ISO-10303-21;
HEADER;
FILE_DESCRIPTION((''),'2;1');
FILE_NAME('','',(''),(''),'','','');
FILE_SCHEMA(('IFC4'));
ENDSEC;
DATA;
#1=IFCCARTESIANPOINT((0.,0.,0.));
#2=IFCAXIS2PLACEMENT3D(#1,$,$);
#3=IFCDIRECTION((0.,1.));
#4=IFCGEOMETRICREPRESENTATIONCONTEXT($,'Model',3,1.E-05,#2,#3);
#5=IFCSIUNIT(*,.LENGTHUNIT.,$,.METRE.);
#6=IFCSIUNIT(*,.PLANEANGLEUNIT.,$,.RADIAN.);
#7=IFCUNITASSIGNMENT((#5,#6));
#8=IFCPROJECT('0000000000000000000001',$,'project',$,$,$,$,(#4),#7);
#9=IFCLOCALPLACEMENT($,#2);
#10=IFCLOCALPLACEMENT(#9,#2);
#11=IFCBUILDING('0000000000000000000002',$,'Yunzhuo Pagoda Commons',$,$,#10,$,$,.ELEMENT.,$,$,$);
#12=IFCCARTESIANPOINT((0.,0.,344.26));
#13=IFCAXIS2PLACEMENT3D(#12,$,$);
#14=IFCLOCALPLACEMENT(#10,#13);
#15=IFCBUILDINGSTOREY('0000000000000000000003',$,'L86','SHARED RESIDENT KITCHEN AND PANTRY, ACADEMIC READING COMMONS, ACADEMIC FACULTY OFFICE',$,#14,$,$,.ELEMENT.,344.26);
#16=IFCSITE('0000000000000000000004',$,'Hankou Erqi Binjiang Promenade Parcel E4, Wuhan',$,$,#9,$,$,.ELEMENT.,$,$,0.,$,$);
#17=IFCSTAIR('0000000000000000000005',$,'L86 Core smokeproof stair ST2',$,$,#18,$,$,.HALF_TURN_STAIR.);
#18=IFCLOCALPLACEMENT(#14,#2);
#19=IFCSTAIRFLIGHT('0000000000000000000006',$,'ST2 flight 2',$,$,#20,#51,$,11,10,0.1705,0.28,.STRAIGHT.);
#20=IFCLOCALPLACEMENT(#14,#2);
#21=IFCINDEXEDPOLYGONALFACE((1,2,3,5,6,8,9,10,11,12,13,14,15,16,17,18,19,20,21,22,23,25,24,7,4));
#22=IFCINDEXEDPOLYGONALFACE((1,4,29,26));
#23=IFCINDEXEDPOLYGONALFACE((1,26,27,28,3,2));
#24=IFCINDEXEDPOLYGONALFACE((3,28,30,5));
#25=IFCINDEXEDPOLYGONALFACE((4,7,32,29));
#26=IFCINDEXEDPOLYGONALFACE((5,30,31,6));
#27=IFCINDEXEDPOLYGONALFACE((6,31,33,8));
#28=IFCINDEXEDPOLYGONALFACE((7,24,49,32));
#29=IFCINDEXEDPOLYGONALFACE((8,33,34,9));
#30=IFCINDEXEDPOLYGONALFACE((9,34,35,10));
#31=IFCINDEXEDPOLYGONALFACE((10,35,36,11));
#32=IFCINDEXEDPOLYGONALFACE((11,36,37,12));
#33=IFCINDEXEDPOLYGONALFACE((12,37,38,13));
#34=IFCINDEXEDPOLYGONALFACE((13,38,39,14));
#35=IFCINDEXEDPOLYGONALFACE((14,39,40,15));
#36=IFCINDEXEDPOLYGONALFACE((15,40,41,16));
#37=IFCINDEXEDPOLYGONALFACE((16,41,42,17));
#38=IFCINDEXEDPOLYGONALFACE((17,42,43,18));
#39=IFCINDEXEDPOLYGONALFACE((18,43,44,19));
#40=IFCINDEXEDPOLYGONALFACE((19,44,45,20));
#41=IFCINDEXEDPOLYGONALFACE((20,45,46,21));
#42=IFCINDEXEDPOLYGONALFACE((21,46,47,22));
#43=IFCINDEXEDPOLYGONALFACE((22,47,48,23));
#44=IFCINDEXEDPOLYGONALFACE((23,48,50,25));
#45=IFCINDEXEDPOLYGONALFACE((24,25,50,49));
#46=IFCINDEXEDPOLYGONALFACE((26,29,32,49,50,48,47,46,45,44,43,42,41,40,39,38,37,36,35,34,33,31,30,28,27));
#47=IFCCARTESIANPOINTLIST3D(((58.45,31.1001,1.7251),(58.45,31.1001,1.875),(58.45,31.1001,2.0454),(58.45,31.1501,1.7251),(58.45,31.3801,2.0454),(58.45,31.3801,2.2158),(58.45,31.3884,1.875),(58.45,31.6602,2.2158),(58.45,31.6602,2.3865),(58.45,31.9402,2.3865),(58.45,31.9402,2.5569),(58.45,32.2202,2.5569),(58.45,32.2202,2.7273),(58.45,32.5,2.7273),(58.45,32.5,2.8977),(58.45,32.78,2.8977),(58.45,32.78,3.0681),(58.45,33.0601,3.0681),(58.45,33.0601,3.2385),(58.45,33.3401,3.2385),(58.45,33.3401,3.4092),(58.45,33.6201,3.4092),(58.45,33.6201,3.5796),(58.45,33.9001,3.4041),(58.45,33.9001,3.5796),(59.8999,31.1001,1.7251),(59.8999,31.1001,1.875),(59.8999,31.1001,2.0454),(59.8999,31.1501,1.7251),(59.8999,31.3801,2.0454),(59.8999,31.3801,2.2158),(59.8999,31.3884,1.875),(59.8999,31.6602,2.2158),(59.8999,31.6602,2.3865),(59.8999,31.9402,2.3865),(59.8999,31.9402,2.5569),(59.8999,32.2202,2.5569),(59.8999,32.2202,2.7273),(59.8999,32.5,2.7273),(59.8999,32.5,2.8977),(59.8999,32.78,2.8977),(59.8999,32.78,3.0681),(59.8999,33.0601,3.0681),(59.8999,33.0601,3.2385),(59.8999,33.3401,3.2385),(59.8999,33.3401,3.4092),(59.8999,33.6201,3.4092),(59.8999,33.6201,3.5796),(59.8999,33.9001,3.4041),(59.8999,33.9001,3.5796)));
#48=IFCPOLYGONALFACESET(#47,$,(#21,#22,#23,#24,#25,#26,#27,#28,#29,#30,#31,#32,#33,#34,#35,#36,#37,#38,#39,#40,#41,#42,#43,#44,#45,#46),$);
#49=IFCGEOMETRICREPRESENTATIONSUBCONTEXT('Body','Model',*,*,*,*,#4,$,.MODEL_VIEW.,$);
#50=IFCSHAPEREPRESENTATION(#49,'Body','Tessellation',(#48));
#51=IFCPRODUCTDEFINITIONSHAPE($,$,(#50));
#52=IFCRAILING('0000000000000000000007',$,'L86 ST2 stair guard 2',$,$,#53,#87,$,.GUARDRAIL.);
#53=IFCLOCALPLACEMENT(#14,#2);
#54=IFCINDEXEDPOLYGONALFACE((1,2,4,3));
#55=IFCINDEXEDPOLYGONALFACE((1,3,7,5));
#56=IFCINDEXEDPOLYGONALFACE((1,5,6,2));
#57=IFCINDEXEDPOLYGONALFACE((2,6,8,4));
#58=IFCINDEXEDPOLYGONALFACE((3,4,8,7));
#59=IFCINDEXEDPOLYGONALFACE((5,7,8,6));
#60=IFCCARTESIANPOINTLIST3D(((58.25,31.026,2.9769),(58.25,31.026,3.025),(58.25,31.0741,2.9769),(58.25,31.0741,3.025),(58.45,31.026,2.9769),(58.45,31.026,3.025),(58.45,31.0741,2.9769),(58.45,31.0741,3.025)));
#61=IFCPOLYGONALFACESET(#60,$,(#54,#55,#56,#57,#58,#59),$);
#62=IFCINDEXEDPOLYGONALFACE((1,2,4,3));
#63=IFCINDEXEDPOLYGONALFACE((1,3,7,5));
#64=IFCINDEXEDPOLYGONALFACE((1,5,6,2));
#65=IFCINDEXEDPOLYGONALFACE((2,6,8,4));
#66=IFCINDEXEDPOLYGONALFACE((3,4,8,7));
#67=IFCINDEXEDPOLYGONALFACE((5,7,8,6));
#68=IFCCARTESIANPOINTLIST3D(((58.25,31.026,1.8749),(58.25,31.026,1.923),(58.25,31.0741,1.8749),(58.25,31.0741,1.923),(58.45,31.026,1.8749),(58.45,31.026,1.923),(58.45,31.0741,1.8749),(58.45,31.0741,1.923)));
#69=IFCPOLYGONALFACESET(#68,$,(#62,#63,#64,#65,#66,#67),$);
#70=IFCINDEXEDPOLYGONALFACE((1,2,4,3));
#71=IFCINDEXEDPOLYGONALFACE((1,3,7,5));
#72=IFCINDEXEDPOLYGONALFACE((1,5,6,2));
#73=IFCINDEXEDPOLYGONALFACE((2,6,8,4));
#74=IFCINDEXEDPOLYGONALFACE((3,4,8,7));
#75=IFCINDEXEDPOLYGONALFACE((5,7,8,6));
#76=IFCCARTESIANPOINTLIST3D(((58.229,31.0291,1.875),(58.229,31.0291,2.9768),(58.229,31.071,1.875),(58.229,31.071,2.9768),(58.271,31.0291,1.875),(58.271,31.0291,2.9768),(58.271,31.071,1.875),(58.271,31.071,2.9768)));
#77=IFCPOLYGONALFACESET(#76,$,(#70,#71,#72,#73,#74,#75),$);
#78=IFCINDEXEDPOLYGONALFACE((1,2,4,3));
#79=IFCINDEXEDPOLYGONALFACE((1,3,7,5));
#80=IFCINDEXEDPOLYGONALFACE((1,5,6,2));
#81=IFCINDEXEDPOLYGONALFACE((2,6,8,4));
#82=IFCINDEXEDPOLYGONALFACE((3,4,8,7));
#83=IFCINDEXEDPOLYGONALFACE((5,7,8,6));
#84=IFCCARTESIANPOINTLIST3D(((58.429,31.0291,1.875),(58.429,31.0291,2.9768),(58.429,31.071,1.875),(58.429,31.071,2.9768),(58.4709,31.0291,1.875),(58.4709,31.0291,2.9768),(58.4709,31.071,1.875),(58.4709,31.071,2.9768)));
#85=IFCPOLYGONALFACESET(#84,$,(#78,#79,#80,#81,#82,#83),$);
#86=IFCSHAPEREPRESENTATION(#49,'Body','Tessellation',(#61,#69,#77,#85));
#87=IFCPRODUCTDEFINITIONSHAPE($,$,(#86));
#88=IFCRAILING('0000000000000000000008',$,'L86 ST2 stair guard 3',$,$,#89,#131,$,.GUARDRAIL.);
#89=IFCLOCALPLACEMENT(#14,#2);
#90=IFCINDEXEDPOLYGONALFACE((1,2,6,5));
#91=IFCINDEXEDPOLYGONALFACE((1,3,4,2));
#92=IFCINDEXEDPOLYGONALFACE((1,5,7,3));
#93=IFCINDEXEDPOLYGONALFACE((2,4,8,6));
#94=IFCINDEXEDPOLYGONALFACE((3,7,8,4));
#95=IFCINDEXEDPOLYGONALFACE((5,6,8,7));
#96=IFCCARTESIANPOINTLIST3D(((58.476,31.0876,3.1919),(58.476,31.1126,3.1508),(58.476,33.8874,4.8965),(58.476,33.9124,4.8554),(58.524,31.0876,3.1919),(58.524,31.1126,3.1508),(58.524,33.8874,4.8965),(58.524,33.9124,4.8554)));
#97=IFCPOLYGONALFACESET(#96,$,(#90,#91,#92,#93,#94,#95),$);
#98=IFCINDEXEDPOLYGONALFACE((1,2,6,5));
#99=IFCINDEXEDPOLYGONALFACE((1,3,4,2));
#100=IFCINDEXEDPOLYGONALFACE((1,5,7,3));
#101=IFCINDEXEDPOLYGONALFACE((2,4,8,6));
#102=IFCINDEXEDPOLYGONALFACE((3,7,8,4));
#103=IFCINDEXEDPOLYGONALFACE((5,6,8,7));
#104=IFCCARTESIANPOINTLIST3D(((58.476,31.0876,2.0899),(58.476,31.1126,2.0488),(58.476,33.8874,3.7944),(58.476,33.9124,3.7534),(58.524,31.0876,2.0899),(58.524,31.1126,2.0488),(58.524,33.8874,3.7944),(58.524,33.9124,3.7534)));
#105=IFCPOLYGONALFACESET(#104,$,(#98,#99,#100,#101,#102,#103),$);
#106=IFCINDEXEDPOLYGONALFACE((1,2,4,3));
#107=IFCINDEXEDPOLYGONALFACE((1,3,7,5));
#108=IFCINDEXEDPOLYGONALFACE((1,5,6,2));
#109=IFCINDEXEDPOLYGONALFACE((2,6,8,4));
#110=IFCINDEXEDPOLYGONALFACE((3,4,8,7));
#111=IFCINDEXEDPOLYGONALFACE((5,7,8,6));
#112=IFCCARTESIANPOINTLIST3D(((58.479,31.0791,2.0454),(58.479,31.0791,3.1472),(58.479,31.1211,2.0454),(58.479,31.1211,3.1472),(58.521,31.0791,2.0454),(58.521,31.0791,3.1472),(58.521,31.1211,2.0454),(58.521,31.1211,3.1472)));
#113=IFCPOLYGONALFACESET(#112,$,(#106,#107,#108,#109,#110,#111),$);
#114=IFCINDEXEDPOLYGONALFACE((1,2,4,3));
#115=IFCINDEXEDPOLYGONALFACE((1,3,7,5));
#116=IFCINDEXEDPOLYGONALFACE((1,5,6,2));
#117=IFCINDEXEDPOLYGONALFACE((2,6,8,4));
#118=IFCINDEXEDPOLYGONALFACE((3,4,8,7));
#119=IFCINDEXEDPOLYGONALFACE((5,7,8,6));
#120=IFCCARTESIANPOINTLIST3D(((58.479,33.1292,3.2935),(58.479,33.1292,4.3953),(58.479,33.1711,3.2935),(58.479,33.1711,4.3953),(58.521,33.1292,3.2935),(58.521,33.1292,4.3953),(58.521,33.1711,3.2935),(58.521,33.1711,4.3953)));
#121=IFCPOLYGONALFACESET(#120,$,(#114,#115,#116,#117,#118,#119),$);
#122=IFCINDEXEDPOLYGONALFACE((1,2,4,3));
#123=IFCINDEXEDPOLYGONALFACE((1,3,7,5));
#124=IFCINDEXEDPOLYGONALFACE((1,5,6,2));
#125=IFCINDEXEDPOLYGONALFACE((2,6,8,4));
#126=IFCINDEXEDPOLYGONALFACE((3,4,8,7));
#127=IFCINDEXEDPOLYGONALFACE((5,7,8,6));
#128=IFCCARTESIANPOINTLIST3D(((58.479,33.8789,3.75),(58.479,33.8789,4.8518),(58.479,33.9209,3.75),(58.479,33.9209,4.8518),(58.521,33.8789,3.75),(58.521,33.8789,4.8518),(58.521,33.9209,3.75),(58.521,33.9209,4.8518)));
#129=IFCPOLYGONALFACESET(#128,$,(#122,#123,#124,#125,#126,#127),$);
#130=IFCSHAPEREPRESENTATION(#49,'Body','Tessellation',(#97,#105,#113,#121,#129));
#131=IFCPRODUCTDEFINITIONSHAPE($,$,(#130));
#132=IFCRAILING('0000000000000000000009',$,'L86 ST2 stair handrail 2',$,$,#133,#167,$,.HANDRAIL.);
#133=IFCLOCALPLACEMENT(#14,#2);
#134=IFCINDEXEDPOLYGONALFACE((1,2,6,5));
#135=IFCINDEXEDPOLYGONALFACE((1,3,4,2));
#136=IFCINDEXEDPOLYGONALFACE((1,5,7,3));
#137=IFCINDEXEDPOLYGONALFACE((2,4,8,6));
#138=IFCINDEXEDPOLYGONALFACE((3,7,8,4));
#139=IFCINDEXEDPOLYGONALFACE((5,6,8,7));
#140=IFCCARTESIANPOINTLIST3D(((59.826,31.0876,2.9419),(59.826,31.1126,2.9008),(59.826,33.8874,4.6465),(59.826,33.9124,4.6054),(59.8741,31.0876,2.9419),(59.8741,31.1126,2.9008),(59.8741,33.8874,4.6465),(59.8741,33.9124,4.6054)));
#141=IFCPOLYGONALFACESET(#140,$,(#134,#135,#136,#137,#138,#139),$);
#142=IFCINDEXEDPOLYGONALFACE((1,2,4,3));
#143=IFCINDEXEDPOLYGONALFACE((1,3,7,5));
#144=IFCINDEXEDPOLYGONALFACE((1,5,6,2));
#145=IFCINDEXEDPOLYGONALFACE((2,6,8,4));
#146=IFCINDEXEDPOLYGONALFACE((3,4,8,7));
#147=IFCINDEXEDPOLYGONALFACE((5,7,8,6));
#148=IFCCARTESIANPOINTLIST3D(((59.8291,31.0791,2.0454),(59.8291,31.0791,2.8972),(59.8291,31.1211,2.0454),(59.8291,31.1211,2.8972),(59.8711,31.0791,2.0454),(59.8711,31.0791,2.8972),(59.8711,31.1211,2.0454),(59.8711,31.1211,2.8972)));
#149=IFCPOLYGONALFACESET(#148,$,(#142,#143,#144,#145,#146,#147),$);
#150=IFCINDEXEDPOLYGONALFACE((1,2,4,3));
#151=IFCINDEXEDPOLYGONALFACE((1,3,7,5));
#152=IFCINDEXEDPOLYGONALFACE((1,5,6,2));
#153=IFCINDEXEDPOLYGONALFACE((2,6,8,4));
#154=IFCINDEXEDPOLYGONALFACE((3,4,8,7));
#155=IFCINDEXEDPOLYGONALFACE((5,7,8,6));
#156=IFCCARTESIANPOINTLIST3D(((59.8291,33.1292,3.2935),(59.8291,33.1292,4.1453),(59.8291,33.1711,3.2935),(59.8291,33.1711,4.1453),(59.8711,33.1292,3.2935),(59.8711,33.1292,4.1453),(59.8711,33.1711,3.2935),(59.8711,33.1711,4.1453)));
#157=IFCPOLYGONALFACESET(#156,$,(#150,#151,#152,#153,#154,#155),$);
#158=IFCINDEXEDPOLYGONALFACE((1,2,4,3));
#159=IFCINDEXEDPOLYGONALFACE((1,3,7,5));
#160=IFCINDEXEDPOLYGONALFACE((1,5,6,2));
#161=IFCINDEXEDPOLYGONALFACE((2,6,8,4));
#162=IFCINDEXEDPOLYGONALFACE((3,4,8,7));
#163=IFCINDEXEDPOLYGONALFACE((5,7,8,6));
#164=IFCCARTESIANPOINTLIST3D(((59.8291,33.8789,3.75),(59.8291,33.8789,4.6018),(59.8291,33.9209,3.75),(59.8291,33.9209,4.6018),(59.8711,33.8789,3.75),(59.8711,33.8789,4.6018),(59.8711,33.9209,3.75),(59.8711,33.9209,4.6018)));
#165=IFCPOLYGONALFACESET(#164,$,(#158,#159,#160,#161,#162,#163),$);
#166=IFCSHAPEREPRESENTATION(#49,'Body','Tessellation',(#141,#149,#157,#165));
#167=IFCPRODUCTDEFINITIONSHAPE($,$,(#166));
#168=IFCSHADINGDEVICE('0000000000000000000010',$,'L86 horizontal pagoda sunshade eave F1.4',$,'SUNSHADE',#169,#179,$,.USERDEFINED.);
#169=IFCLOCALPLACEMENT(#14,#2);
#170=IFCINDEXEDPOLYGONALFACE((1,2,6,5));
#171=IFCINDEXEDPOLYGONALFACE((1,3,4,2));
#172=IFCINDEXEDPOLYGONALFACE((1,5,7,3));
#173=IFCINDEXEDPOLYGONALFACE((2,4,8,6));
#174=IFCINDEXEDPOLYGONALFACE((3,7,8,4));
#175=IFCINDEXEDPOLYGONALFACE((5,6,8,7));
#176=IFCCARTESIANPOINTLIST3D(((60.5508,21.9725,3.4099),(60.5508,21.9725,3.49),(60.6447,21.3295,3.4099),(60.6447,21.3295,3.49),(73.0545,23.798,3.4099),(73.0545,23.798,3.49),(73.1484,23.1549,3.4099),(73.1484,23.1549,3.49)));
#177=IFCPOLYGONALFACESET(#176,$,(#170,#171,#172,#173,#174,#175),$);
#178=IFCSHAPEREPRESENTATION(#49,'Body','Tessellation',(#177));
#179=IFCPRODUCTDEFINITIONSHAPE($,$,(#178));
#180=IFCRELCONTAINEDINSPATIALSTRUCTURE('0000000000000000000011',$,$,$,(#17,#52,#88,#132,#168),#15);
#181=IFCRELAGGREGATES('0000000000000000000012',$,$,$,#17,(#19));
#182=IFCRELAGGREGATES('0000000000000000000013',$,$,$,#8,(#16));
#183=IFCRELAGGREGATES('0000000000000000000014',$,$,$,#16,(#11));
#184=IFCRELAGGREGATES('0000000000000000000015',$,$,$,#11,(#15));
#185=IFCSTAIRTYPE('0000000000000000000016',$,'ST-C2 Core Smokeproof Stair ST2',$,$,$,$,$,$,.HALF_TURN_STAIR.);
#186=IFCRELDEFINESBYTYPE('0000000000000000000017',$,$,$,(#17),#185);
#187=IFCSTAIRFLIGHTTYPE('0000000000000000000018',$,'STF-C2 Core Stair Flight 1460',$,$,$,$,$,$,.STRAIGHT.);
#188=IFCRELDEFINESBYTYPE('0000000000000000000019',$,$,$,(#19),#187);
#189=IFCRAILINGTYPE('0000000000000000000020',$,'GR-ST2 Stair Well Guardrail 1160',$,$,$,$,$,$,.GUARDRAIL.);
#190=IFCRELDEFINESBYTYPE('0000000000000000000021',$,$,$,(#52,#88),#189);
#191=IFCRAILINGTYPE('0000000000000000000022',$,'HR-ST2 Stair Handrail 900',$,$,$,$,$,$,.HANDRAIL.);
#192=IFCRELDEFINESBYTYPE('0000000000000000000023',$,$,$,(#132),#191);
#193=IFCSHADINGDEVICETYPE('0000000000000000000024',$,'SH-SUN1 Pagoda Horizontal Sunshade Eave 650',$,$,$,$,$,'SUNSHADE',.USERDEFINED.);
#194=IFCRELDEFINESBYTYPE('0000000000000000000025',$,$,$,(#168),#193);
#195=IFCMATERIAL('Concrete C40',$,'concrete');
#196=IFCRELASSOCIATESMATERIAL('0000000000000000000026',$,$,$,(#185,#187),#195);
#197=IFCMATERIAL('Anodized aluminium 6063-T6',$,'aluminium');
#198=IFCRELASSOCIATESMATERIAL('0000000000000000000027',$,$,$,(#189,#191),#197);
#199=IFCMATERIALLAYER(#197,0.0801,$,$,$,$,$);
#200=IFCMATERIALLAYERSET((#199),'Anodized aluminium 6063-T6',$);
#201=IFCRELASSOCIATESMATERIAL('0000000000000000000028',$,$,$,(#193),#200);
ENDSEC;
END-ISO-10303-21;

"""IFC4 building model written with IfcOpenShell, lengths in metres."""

from ifc_helpers import new_model, si_unit, direction, frame, origin, origin_2d, place, context, subcontext, project, spatial, polyline, rectangle, outline, extrude, source, transform, mapped, material, layer, layer_set, type_object, element, aggregate, save


model = new_model("IFC4")

# Units and contexts
model_context = context("Model", 3, precision=1e-05, world=origin(), true_north=direction((0.0, 1.0)))
body_context = subcontext(model_context, "Body", "Model", "MODEL_VIEW")
ifc_project = project(units=[si_unit("LENGTHUNIT", "METRE"), si_unit("PLANEANGLEUNIT", "RADIAN")], contexts=[model_context])

# Site, building, storey
site_placement = place(None, origin())
site = spatial("IfcSite", under=ifc_project, at=site_placement, Name="Hankou Erqi Binjiang Promenade Parcel E4, Wuhan", CompositionType="ELEMENT", RefElevation=0.0)
building_placement = place(site_placement, origin())
building = spatial("IfcBuilding", under=site, at=building_placement, Name="Yunzhuo Pagoda Commons", CompositionType="ELEMENT")
storey_placement = place(building_placement, frame((0.0, 0.0, 344.26)))
storey = spatial("IfcBuildingStorey", under=building, at=storey_placement, Name="L86", Description="SHARED RESIDENT KITCHEN AND PANTRY, ACADEMIC READING COMMONS, ACADEMIC FACULTY OFFICE", CompositionType="ELEMENT", Elevation=344.26)

# Shared definitions
ifc_material_1 = material(Name="Anodized aluminium 6063-T6", Category="aluminium")

# Stair, stair flight
ifc_material_2 = material(Name="Concrete C40", Category="concrete")
stair_type = type_object("IfcStairType", Name="ST-C2 Core Smokeproof Stair ST2", PredefinedType="HALF_TURN_STAIR", material=ifc_material_2)
stair_placement = place(storey_placement, origin())
stair = element("IfcStair", 1, at=stair_placement, inside=storey, type_object=stair_type, Name="L86 Core smokeproof stair ST2", PredefinedType="HALF_TURN_STAIR")
stair_flight_type = type_object("IfcStairFlightType", Name="STF-C2 Core Stair Flight 1460", PredefinedType="STRAIGHT", material=ifc_material_2)
shared_shape_1 = source(origin(), body_context, "Body", "SweptSolid", [
    extrude(outline(polyline([(0.0, -0.1499), (0.0, 0.0), (0.0, 0.1704), (0.28, 0.1704), (0.28, 0.3408), (0.5601, 0.3408), (0.5601, 0.5115), (0.8401, 0.5115), (0.8401, 0.6819), (1.1201, 0.6819), (1.1201, 0.8523), (1.3999, 0.8523), (1.3999, 1.0227), (1.6799, 1.0227), (1.6799, 1.1931), (1.96, 1.1931), (1.96, 1.3635), (2.24, 1.3635), (2.24, 1.5342), (2.52, 1.5342), (2.52, 1.7046), (2.8, 1.7046), (2.8, 1.875), (2.8, 1.5291), (0.2883, 0.0), (0.05, -0.1499), (0.0, -0.1499)])), frame((0.0, 0.7251, 0.0), z_axis=(0.0, -1.0, 0.0), x_axis=(1.0, 0.0, 0.0)), (0.0, 0.0, 1.0), 1.45),
])
stair_flight_placement = place(storey_placement, frame((59.175, 31.1001, 1.875), z_axis=(0.0, 0.0, 1.0), x_axis=(0.0, 1.0, 0.0)))
stair_flight = element("IfcStairFlight", 2, at=stair_flight_placement, type_object=stair_flight_type, Name="ST2 flight 2", NumberOfRisers=11, NumberOfTreads=10, PredefinedType="STRAIGHT", RiserHeight=0.1705, TreadLength=0.28, context=body_context, shape_type="MappedRepresentation", body=[
    mapped(shared_shape_1, transform((0.0, 0.0, 0.0), scale=1.0)),
])
aggregate(stair, [stair_flight])

# Railings
railing_type_1 = type_object("IfcRailingType", Name="GR-ST2 Stair Well Guardrail 1160", PredefinedType="GUARDRAIL", material=ifc_material_1)
railing_1_placement = place(storey_placement, frame((58.25, 31.05, 1.875)))
element("IfcRailing", 3, at=railing_1_placement, inside=storey, type_object=railing_type_1, Name="L86 ST2 stair guard 2", PredefinedType="GUARDRAIL", context=body_context, shape_type="SweptSolid", body=[
    extrude(rectangle(XDim=0.0481, YDim=0.0481, at=origin_2d()), frame((0.0, 0.0, 1.126), z_axis=(1.0, 0.0, 0.0), x_axis=(0.0, 1.0, 0.0)), (0.0, 0.0, 1.0), 0.2),
    extrude(rectangle(XDim=0.0481, YDim=0.0481, at=origin_2d()), frame((0.0, 0.0, 0.0239), z_axis=(1.0, 0.0, 0.0), x_axis=(0.0, 1.0, 0.0)), (0.0, 0.0, 1.0), 0.2),
    extrude(rectangle(XDim=0.042, YDim=0.042, at=origin_2d()), origin(), (0.0, 0.0, 1.0), 1.1018),
    extrude(rectangle(XDim=0.042, YDim=0.042, at=origin_2d()), frame((0.2, 0.0, 0.0)), (0.0, 0.0, 1.0), 1.1018),
])
railing_2_placement = place(storey_placement, frame((58.5, 31.1001, 2.0454)))
element("IfcRailing", 4, at=railing_2_placement, inside=storey, type_object=railing_type_1, Name="L86 ST2 stair guard 3", PredefinedType="GUARDRAIL", context=body_context, shape_type="SweptSolid", body=[
    extrude(rectangle(XDim=0.0481, YDim=0.0481, at=origin_2d()), frame((0.0, 0.0, 1.126), z_axis=(0.0, 0.85415, 0.520027), x_axis=(-1.0, 0.0, 0.0)), (0.0, 0.0, 1.0), 3.2778),
    extrude(rectangle(XDim=0.0481, YDim=0.0481, at=origin_2d()), frame((0.0, 0.0, 0.0239), z_axis=(0.0, 0.85415, 0.520027), x_axis=(-1.0, 0.0, 0.0)), (0.0, 0.0, 1.0), 3.2778),
    extrude(rectangle(XDim=0.042, YDim=0.042, at=origin_2d()), origin(), (0.0, 0.0, 1.0), 1.1018),
    extrude(rectangle(XDim=0.042, YDim=0.042, at=origin_2d()), frame((0.0, 2.05, 1.248)), (0.0, 0.0, 1.0), 1.1018),
    extrude(rectangle(XDim=0.042, YDim=0.042, at=origin_2d()), frame((0.0, 2.7998, 1.7046)), (0.0, 0.0, 1.0), 1.1018),
])
railing_type_2 = type_object("IfcRailingType", Name="HR-ST2 Stair Handrail 900", PredefinedType="HANDRAIL", material=ifc_material_1)
railing_3_placement = place(storey_placement, frame((59.8501, 31.1001, 2.0454)))
element("IfcRailing", 5, at=railing_3_placement, inside=storey, type_object=railing_type_2, Name="L86 ST2 stair handrail 2", PredefinedType="HANDRAIL", context=body_context, shape_type="SweptSolid", body=[
    extrude(rectangle(XDim=0.0481, YDim=0.0481, at=origin_2d()), frame((0.0, 0.0, 0.876), z_axis=(0.0, 0.85415, 0.520027), x_axis=(-1.0, 0.0, 0.0)), (0.0, 0.0, 1.0), 3.2778),
    extrude(rectangle(XDim=0.042, YDim=0.042, at=origin_2d()), origin(), (0.0, 0.0, 1.0), 0.8518),
    extrude(rectangle(XDim=0.042, YDim=0.042, at=origin_2d()), frame((0.0, 2.05, 1.248)), (0.0, 0.0, 1.0), 0.8518),
    extrude(rectangle(XDim=0.042, YDim=0.042, at=origin_2d()), frame((0.0, 2.7998, 1.7046)), (0.0, 0.0, 1.0), 0.8518),
])

# Shading device
ifc_layer_1 = layer(ifc_material_1, 0.0801)
ifc_layer_set_1 = layer_set([ifc_layer_1], Name="Anodized aluminium 6063-T6")
shading_device_type = type_object("IfcShadingDeviceType", Name="SH-SUN1 Pagoda Horizontal Sunshade Eave 650", ElementType="SUNSHADE", PredefinedType="USERDEFINED", material=ifc_layer_set_1)
shared_shape_2 = source(origin(), body_context, "Body", "SweptSolid", [
    extrude(rectangle(XDim=12.6362, YDim=0.6499, at=origin_2d()), origin(), (0.0, 0.0, 1.0), 0.0801),
])
shading_device_placement = place(storey_placement, frame((66.8496, 22.5637, 3.4099), z_axis=(0.0, 0.0, 1.0), x_axis=(0.989511, 0.14446, 0.0)))
element("IfcShadingDevice", 6, at=shading_device_placement, inside=storey, type_object=shading_device_type, Name="L86 horizontal pagoda sunshade eave F1.4", ObjectType="SUNSHADE", PredefinedType="USERDEFINED", context=body_context, shape_type="MappedRepresentation", body=[
    mapped(shared_shape_2, transform((0.0, 0.0, 0.0), scale=1.0)),
])

save(model, "model.ifc")
